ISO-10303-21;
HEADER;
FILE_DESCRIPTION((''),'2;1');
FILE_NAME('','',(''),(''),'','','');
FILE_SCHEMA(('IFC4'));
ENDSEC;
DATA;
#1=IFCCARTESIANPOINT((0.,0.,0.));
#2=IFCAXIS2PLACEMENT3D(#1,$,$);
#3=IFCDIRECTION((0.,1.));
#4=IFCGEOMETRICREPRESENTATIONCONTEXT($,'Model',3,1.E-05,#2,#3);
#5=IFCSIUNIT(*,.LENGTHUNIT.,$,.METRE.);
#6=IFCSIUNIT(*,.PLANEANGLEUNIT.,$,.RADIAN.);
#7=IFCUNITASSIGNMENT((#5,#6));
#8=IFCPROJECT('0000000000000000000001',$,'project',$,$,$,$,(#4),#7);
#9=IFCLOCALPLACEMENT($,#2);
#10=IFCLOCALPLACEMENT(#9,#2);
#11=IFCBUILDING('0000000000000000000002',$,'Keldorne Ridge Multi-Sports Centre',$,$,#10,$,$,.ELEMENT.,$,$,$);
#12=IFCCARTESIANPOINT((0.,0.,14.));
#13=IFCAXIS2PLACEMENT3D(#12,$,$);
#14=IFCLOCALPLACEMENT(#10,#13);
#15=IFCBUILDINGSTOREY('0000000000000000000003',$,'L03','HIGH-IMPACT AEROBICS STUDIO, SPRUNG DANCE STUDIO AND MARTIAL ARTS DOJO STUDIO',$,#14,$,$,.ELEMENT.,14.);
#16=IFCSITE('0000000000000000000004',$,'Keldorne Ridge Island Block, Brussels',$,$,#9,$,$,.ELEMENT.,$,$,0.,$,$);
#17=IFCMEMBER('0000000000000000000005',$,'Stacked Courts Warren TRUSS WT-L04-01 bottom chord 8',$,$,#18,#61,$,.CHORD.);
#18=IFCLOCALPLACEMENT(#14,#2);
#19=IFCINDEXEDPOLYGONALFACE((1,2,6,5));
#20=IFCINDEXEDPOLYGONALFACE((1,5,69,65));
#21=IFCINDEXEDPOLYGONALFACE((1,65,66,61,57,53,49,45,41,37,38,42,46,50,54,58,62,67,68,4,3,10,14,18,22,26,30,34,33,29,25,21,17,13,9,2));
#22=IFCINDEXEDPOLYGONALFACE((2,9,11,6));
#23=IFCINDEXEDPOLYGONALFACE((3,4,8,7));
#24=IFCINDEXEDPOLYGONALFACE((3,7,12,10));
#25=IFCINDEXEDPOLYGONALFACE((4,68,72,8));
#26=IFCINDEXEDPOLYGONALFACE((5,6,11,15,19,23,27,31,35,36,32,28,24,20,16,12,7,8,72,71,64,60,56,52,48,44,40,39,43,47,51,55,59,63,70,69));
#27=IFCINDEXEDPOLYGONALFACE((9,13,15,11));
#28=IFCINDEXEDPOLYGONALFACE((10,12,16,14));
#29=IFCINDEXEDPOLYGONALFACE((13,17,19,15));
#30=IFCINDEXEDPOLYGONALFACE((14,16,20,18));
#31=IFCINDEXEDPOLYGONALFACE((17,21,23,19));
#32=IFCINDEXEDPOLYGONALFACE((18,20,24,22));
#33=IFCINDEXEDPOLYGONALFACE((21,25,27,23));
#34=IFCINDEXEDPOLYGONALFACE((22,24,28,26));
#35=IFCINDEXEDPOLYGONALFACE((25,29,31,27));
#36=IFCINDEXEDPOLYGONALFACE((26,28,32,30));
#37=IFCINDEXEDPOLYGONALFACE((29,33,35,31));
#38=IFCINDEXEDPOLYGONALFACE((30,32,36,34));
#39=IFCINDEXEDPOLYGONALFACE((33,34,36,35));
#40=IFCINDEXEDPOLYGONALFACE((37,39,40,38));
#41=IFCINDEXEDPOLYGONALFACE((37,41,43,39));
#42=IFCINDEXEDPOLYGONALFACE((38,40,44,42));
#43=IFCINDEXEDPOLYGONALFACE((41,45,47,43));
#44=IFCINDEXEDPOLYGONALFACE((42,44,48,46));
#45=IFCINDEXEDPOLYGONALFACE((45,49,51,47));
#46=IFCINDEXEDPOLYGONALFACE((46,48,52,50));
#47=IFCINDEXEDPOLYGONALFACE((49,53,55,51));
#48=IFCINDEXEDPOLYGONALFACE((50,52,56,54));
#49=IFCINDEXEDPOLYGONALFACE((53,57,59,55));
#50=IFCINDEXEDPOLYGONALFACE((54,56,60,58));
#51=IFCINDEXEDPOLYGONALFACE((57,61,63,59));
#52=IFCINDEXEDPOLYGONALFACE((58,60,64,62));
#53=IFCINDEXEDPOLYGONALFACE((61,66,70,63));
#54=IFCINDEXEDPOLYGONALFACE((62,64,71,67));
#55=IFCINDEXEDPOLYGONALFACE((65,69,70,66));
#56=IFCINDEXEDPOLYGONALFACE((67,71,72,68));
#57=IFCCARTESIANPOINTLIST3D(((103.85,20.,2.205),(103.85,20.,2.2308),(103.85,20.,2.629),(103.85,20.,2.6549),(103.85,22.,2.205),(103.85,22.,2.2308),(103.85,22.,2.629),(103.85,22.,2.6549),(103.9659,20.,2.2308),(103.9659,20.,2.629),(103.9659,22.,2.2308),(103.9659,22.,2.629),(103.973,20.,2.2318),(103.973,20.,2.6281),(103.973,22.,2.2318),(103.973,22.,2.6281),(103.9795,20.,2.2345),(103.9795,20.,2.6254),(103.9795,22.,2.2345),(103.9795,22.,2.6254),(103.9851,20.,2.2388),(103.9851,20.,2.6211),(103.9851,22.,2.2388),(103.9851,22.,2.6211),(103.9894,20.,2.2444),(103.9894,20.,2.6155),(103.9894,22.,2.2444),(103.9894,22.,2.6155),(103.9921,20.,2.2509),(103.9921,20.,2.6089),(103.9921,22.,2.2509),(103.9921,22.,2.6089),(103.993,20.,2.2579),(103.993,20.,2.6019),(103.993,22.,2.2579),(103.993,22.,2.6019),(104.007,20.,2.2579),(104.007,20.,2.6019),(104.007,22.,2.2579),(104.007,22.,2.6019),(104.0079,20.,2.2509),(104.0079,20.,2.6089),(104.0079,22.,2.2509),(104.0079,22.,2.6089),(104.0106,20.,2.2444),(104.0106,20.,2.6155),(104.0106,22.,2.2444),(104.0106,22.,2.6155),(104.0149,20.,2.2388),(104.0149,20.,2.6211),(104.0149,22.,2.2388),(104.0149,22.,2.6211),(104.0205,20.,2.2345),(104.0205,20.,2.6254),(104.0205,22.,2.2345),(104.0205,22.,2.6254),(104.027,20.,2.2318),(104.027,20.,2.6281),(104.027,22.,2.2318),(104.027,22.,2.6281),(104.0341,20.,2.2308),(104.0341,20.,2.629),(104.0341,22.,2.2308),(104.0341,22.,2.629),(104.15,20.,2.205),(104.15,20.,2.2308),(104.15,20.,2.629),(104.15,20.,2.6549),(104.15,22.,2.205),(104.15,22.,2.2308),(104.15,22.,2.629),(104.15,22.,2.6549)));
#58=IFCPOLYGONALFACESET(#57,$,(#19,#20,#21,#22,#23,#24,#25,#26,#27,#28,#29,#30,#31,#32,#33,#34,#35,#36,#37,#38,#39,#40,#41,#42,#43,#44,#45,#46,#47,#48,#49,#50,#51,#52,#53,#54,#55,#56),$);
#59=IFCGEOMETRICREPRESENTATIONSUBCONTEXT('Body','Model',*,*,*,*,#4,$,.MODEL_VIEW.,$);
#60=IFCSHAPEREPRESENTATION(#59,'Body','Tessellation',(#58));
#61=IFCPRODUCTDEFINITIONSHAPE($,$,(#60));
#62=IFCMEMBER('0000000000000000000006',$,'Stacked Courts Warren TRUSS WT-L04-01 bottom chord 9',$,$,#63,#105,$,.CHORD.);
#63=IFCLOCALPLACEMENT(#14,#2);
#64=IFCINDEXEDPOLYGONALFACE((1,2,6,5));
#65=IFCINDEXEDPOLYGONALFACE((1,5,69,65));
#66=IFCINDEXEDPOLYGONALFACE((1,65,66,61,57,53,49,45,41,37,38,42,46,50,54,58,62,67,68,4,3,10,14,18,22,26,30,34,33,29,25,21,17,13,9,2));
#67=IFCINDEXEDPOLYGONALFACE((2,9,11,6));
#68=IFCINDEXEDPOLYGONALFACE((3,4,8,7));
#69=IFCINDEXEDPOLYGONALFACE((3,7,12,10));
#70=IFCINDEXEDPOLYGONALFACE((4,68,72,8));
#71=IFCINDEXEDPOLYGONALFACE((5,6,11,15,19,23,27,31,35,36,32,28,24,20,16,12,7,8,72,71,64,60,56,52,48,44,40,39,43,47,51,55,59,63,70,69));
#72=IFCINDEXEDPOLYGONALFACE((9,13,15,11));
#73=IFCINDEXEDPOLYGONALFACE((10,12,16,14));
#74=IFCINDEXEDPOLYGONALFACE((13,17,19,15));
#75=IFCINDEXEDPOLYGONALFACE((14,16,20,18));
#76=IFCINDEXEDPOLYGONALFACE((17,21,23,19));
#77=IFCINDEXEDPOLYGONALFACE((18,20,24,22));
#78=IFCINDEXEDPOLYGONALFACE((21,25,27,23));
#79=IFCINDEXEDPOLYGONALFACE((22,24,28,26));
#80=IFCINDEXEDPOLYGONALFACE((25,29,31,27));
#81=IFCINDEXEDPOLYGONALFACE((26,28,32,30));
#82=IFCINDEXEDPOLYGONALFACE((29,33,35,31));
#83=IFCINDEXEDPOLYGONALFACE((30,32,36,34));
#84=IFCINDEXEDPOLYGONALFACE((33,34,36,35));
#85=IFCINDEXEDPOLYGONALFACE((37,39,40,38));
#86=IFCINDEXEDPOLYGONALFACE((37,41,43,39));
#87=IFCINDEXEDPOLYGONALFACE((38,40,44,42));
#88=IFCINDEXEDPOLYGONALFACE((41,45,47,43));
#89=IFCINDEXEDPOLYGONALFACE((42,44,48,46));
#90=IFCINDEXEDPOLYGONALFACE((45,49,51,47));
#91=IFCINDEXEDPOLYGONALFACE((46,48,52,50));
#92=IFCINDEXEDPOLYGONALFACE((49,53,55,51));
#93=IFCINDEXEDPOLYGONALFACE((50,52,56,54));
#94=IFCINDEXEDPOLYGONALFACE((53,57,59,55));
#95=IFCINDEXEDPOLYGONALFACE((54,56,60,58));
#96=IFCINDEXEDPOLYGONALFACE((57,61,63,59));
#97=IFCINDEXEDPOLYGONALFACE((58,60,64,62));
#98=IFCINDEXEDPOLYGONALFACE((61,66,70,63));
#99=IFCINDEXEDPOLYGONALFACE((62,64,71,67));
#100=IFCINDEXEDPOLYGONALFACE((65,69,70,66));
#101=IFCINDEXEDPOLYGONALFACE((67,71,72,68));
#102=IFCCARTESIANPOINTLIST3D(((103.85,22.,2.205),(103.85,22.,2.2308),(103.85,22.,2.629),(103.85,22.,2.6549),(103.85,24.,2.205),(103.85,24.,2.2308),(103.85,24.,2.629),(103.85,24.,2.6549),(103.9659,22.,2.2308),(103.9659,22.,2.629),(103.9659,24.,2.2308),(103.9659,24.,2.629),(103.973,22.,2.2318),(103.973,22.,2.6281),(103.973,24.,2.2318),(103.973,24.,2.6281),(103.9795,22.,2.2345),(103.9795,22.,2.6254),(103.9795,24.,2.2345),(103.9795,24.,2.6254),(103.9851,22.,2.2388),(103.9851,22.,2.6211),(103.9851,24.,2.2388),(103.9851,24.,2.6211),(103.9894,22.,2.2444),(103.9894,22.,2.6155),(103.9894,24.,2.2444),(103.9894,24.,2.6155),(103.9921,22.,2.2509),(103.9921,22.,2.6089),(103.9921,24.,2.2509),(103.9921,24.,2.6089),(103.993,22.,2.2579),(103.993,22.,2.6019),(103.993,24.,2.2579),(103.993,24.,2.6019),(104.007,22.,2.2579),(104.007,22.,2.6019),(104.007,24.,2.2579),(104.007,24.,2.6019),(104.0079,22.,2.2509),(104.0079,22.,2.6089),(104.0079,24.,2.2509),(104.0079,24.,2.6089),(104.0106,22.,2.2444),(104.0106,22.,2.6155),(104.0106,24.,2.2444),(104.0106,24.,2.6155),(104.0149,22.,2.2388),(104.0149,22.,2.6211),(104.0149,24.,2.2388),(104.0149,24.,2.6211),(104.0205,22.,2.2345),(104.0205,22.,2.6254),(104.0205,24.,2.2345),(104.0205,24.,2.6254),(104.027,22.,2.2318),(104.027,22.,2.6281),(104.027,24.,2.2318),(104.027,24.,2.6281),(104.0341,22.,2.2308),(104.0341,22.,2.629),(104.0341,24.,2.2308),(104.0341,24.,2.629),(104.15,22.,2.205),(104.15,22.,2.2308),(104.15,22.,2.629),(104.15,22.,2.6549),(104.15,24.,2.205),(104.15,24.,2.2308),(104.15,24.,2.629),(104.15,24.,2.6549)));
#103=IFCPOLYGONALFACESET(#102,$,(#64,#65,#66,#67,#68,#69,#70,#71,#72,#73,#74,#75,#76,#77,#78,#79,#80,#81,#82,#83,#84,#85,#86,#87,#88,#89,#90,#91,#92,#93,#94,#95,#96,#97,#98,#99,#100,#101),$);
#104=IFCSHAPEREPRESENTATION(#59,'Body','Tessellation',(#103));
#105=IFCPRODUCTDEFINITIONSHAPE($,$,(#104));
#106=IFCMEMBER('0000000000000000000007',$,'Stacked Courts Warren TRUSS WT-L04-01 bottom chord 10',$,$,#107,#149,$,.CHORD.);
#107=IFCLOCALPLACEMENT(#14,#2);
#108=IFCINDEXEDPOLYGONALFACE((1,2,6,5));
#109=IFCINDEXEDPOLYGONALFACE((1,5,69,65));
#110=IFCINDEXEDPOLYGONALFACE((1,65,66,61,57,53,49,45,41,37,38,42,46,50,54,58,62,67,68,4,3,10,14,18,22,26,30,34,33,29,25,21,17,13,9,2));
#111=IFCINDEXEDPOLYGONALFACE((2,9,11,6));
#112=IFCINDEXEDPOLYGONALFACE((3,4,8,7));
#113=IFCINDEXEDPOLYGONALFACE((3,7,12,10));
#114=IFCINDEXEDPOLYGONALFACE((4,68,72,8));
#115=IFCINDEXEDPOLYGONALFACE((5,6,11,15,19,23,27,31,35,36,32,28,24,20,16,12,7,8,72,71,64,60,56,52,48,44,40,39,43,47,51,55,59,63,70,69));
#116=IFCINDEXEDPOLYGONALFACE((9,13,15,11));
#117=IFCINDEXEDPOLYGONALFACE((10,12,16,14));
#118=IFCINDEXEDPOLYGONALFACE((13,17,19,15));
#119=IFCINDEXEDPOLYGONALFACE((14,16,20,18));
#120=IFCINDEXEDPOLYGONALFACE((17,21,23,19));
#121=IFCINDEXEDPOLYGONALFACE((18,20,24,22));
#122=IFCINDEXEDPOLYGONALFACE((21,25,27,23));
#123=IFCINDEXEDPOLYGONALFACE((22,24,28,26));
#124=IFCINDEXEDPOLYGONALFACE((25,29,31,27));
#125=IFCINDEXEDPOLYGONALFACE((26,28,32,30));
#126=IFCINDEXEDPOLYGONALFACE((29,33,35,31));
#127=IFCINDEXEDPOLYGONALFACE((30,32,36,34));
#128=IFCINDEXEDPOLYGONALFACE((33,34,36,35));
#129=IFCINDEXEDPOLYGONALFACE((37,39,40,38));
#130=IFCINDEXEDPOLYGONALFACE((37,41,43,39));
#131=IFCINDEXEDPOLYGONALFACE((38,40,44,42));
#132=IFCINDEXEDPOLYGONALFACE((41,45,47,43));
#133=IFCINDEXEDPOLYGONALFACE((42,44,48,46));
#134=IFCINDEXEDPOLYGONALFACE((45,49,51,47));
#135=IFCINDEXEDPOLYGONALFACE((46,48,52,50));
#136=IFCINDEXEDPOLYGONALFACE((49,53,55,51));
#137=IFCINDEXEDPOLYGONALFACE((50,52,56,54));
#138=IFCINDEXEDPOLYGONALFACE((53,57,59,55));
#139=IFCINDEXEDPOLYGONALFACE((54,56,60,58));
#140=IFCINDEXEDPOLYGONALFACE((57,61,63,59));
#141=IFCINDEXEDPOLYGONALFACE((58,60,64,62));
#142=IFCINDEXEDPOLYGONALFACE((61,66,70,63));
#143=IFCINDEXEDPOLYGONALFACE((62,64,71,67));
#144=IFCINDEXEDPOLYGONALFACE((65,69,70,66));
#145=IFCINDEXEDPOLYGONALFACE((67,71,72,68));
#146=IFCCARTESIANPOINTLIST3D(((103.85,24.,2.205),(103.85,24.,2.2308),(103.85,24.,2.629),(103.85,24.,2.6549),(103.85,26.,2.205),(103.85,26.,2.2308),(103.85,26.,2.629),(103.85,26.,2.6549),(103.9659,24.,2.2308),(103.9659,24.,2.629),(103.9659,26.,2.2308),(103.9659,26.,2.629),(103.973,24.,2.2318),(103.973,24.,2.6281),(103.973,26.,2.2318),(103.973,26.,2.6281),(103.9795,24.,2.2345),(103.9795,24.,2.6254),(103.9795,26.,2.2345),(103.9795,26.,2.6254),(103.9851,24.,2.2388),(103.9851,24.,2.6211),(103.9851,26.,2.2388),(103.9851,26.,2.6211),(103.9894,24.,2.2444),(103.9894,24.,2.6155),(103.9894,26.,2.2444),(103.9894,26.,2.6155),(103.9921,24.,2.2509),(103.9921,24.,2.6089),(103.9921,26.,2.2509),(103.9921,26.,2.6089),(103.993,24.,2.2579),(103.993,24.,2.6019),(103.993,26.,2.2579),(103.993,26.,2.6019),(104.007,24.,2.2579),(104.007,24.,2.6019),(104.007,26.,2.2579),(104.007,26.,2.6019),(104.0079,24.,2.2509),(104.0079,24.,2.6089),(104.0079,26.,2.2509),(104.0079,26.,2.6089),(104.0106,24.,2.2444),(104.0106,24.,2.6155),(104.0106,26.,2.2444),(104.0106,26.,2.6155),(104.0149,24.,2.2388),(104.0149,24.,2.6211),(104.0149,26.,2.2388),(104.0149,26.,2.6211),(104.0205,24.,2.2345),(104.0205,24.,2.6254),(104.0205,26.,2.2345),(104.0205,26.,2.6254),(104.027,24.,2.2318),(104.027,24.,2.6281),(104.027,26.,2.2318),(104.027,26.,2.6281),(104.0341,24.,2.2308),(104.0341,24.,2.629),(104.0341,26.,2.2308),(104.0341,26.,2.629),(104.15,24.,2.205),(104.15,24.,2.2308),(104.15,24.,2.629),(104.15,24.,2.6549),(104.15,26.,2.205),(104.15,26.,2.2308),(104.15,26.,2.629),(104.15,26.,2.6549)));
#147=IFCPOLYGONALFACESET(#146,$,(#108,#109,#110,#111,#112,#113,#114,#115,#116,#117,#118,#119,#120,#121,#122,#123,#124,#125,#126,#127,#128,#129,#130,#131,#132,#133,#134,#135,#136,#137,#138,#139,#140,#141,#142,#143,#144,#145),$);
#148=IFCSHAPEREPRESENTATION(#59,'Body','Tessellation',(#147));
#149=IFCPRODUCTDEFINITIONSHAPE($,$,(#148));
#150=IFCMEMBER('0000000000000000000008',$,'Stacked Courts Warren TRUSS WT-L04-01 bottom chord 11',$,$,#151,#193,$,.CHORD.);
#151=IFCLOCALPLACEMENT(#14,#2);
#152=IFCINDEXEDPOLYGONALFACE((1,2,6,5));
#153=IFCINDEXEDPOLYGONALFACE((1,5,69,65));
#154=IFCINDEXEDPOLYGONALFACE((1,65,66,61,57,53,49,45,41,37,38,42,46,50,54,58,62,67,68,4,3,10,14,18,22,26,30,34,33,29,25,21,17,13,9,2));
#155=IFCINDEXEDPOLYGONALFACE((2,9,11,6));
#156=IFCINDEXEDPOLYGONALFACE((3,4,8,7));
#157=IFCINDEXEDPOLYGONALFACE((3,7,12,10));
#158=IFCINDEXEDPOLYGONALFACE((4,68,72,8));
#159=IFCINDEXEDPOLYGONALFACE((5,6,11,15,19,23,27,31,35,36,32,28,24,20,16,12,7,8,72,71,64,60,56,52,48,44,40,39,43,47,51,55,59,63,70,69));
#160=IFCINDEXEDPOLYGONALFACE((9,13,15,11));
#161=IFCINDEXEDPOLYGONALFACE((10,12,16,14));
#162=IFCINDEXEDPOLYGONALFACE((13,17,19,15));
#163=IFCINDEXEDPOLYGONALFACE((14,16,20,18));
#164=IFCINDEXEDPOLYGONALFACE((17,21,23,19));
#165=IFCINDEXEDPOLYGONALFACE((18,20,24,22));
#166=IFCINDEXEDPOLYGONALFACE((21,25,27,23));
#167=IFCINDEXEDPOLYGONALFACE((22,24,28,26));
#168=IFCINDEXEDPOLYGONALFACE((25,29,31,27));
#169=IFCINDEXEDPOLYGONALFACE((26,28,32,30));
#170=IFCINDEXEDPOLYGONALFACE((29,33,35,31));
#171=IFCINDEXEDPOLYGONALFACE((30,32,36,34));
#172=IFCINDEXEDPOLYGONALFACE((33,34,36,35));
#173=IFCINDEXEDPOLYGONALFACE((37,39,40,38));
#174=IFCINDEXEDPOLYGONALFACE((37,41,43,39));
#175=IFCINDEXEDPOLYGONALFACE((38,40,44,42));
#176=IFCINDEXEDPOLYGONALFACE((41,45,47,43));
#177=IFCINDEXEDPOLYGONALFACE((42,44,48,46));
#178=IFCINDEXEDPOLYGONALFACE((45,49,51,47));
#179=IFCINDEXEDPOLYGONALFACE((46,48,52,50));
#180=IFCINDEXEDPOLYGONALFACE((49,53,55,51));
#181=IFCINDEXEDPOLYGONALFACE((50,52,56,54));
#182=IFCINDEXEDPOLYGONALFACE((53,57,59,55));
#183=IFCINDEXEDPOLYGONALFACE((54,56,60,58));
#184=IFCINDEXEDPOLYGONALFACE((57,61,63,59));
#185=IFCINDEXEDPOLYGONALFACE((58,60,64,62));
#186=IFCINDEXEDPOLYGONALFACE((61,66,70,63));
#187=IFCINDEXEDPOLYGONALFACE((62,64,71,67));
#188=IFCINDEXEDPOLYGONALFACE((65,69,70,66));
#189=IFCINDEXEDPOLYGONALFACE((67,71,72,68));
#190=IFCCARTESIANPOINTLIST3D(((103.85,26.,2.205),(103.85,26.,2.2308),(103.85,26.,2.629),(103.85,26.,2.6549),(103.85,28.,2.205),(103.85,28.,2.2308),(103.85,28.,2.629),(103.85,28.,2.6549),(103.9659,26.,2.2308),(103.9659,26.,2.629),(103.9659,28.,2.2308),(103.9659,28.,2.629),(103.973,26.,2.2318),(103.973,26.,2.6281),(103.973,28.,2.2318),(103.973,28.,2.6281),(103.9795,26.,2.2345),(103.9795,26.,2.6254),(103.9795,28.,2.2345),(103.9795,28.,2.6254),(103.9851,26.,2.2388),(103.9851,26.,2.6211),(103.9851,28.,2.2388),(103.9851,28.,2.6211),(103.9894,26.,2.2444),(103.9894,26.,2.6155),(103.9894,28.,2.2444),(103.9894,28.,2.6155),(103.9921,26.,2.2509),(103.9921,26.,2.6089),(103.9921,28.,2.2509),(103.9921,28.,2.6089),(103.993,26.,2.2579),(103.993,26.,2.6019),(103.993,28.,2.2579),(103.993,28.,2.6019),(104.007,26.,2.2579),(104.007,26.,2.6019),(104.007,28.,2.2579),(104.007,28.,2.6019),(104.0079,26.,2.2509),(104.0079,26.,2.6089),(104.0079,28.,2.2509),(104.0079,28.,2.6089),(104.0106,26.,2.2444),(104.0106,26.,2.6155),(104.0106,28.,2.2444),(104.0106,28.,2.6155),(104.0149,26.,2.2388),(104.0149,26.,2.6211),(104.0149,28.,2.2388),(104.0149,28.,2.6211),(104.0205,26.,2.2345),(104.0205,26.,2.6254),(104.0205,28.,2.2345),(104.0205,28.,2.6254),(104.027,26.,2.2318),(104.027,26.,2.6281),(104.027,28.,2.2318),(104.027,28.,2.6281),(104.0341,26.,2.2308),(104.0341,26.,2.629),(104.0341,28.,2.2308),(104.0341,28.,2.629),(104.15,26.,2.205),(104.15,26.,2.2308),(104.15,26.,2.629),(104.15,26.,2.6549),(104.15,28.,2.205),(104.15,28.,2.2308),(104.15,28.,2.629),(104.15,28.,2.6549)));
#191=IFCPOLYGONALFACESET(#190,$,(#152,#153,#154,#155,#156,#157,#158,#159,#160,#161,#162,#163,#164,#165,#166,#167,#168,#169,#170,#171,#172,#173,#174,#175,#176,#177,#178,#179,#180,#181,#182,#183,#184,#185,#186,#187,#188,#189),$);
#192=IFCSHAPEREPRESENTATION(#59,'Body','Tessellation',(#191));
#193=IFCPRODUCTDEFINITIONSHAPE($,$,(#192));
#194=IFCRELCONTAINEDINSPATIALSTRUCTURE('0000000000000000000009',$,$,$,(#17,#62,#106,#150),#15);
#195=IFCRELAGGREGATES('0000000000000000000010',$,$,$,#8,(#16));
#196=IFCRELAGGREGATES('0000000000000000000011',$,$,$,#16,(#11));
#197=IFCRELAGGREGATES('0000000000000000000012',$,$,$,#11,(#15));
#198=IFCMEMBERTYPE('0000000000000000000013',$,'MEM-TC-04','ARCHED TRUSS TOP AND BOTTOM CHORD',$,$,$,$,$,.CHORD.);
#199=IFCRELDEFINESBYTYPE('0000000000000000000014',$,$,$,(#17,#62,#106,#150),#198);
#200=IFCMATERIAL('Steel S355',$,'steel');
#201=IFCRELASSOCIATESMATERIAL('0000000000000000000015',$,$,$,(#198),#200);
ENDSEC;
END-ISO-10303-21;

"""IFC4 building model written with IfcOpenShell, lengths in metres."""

from ifc_helpers import new_model, si_unit, direction, frame, origin, origin_2d, place, context, subcontext, project, spatial, i_section, extrude, material, material_profile, profile_set, type_object, element, save


model = new_model("IFC4")

# Units and contexts
model_context = context("Model", 3, precision=1e-05, world=origin(), true_north=direction((0.0, 1.0)))
body_context = subcontext(model_context, "Body", "Model", "MODEL_VIEW")
ifc_project = project(units=[si_unit("LENGTHUNIT", "METRE"), si_unit("PLANEANGLEUNIT", "RADIAN")], contexts=[model_context])

# Site, building, storey
site_placement = place(None, origin())
site = spatial("IfcSite", under=ifc_project, at=site_placement, Name="Keldorne Ridge Island Block, Brussels", CompositionType="ELEMENT", RefElevation=0.0)
building_placement = place(site_placement, origin())
building = spatial("IfcBuilding", under=site, at=building_placement, Name="Keldorne Ridge Multi-Sports Centre", CompositionType="ELEMENT")
storey_placement = place(building_placement, frame((0.0, 0.0, 14.0)))
storey = spatial("IfcBuildingStorey", under=building, at=storey_placement, Name="L03", Description="HIGH-IMPACT AEROBICS STUDIO, SPRUNG DANCE STUDIO AND MARTIAL ARTS DOJO STUDIO", CompositionType="ELEMENT", Elevation=14.0)

# Shared definitions
ifc_material = material(Name="Steel S355", Category="steel")

# Members
ifc_material_profile_1 = material_profile(ifc_material, i_section(OverallWidth=0.3, OverallDepth=0.45, WebThickness=0.0139, FlangeThickness=0.0259, FilletRadius=0.0271, at=origin_2d()), Name="HEB 450")
ifc_profile_set_1 = profile_set([ifc_material_profile_1], Name="Steel S355")
member_type_1 = type_object("IfcMemberType", Name="MEM-TC-04", Description="ARCHED TRUSS TOP AND BOTTOM CHORD", PredefinedType="CHORD", material=ifc_profile_set_1)
for number, where, z_axis, x_axis, name in (
    (1, (104.0, 20.0, 2.4299), (0.0, 1.0, 0.0), (-1.0, 0.0, 0.0), "Stacked Courts Warren TRUSS WT-L04-01 bottom chord 8"),
    (2, (104.0, 22.0, 2.4299), (0.0, 1.0, 0.0), (-1.0, 0.0, 0.0), "Stacked Courts Warren TRUSS WT-L04-01 bottom chord 9"),
    (3, (104.0, 24.0, 2.4299), (0.0, 1.0, 0.0), (-1.0, 0.0, 0.0), "Stacked Courts Warren TRUSS WT-L04-01 bottom chord 10"),
    (4, (104.0, 26.0, 2.4299), (0.0, 1.0, 0.0), (-1.0, 0.0, 0.0), "Stacked Courts Warren TRUSS WT-L04-01 bottom chord 11"),
):
    element("IfcMember", number, at=place(storey_placement, frame(where, z_axis=z_axis, x_axis=x_axis)), inside=storey, type_object=member_type_1, Name=name, PredefinedType="CHORD", context=body_context, shape_type="SweptSolid", body=[
        extrude(i_section(OverallWidth=0.3, OverallDepth=0.45, WebThickness=0.0139, FlangeThickness=0.0259, FilletRadius=0.0271, at=origin_2d()), origin(), (0.0, 0.0, 1.0), 2.0),
    ])

save(model, "model.ifc")
